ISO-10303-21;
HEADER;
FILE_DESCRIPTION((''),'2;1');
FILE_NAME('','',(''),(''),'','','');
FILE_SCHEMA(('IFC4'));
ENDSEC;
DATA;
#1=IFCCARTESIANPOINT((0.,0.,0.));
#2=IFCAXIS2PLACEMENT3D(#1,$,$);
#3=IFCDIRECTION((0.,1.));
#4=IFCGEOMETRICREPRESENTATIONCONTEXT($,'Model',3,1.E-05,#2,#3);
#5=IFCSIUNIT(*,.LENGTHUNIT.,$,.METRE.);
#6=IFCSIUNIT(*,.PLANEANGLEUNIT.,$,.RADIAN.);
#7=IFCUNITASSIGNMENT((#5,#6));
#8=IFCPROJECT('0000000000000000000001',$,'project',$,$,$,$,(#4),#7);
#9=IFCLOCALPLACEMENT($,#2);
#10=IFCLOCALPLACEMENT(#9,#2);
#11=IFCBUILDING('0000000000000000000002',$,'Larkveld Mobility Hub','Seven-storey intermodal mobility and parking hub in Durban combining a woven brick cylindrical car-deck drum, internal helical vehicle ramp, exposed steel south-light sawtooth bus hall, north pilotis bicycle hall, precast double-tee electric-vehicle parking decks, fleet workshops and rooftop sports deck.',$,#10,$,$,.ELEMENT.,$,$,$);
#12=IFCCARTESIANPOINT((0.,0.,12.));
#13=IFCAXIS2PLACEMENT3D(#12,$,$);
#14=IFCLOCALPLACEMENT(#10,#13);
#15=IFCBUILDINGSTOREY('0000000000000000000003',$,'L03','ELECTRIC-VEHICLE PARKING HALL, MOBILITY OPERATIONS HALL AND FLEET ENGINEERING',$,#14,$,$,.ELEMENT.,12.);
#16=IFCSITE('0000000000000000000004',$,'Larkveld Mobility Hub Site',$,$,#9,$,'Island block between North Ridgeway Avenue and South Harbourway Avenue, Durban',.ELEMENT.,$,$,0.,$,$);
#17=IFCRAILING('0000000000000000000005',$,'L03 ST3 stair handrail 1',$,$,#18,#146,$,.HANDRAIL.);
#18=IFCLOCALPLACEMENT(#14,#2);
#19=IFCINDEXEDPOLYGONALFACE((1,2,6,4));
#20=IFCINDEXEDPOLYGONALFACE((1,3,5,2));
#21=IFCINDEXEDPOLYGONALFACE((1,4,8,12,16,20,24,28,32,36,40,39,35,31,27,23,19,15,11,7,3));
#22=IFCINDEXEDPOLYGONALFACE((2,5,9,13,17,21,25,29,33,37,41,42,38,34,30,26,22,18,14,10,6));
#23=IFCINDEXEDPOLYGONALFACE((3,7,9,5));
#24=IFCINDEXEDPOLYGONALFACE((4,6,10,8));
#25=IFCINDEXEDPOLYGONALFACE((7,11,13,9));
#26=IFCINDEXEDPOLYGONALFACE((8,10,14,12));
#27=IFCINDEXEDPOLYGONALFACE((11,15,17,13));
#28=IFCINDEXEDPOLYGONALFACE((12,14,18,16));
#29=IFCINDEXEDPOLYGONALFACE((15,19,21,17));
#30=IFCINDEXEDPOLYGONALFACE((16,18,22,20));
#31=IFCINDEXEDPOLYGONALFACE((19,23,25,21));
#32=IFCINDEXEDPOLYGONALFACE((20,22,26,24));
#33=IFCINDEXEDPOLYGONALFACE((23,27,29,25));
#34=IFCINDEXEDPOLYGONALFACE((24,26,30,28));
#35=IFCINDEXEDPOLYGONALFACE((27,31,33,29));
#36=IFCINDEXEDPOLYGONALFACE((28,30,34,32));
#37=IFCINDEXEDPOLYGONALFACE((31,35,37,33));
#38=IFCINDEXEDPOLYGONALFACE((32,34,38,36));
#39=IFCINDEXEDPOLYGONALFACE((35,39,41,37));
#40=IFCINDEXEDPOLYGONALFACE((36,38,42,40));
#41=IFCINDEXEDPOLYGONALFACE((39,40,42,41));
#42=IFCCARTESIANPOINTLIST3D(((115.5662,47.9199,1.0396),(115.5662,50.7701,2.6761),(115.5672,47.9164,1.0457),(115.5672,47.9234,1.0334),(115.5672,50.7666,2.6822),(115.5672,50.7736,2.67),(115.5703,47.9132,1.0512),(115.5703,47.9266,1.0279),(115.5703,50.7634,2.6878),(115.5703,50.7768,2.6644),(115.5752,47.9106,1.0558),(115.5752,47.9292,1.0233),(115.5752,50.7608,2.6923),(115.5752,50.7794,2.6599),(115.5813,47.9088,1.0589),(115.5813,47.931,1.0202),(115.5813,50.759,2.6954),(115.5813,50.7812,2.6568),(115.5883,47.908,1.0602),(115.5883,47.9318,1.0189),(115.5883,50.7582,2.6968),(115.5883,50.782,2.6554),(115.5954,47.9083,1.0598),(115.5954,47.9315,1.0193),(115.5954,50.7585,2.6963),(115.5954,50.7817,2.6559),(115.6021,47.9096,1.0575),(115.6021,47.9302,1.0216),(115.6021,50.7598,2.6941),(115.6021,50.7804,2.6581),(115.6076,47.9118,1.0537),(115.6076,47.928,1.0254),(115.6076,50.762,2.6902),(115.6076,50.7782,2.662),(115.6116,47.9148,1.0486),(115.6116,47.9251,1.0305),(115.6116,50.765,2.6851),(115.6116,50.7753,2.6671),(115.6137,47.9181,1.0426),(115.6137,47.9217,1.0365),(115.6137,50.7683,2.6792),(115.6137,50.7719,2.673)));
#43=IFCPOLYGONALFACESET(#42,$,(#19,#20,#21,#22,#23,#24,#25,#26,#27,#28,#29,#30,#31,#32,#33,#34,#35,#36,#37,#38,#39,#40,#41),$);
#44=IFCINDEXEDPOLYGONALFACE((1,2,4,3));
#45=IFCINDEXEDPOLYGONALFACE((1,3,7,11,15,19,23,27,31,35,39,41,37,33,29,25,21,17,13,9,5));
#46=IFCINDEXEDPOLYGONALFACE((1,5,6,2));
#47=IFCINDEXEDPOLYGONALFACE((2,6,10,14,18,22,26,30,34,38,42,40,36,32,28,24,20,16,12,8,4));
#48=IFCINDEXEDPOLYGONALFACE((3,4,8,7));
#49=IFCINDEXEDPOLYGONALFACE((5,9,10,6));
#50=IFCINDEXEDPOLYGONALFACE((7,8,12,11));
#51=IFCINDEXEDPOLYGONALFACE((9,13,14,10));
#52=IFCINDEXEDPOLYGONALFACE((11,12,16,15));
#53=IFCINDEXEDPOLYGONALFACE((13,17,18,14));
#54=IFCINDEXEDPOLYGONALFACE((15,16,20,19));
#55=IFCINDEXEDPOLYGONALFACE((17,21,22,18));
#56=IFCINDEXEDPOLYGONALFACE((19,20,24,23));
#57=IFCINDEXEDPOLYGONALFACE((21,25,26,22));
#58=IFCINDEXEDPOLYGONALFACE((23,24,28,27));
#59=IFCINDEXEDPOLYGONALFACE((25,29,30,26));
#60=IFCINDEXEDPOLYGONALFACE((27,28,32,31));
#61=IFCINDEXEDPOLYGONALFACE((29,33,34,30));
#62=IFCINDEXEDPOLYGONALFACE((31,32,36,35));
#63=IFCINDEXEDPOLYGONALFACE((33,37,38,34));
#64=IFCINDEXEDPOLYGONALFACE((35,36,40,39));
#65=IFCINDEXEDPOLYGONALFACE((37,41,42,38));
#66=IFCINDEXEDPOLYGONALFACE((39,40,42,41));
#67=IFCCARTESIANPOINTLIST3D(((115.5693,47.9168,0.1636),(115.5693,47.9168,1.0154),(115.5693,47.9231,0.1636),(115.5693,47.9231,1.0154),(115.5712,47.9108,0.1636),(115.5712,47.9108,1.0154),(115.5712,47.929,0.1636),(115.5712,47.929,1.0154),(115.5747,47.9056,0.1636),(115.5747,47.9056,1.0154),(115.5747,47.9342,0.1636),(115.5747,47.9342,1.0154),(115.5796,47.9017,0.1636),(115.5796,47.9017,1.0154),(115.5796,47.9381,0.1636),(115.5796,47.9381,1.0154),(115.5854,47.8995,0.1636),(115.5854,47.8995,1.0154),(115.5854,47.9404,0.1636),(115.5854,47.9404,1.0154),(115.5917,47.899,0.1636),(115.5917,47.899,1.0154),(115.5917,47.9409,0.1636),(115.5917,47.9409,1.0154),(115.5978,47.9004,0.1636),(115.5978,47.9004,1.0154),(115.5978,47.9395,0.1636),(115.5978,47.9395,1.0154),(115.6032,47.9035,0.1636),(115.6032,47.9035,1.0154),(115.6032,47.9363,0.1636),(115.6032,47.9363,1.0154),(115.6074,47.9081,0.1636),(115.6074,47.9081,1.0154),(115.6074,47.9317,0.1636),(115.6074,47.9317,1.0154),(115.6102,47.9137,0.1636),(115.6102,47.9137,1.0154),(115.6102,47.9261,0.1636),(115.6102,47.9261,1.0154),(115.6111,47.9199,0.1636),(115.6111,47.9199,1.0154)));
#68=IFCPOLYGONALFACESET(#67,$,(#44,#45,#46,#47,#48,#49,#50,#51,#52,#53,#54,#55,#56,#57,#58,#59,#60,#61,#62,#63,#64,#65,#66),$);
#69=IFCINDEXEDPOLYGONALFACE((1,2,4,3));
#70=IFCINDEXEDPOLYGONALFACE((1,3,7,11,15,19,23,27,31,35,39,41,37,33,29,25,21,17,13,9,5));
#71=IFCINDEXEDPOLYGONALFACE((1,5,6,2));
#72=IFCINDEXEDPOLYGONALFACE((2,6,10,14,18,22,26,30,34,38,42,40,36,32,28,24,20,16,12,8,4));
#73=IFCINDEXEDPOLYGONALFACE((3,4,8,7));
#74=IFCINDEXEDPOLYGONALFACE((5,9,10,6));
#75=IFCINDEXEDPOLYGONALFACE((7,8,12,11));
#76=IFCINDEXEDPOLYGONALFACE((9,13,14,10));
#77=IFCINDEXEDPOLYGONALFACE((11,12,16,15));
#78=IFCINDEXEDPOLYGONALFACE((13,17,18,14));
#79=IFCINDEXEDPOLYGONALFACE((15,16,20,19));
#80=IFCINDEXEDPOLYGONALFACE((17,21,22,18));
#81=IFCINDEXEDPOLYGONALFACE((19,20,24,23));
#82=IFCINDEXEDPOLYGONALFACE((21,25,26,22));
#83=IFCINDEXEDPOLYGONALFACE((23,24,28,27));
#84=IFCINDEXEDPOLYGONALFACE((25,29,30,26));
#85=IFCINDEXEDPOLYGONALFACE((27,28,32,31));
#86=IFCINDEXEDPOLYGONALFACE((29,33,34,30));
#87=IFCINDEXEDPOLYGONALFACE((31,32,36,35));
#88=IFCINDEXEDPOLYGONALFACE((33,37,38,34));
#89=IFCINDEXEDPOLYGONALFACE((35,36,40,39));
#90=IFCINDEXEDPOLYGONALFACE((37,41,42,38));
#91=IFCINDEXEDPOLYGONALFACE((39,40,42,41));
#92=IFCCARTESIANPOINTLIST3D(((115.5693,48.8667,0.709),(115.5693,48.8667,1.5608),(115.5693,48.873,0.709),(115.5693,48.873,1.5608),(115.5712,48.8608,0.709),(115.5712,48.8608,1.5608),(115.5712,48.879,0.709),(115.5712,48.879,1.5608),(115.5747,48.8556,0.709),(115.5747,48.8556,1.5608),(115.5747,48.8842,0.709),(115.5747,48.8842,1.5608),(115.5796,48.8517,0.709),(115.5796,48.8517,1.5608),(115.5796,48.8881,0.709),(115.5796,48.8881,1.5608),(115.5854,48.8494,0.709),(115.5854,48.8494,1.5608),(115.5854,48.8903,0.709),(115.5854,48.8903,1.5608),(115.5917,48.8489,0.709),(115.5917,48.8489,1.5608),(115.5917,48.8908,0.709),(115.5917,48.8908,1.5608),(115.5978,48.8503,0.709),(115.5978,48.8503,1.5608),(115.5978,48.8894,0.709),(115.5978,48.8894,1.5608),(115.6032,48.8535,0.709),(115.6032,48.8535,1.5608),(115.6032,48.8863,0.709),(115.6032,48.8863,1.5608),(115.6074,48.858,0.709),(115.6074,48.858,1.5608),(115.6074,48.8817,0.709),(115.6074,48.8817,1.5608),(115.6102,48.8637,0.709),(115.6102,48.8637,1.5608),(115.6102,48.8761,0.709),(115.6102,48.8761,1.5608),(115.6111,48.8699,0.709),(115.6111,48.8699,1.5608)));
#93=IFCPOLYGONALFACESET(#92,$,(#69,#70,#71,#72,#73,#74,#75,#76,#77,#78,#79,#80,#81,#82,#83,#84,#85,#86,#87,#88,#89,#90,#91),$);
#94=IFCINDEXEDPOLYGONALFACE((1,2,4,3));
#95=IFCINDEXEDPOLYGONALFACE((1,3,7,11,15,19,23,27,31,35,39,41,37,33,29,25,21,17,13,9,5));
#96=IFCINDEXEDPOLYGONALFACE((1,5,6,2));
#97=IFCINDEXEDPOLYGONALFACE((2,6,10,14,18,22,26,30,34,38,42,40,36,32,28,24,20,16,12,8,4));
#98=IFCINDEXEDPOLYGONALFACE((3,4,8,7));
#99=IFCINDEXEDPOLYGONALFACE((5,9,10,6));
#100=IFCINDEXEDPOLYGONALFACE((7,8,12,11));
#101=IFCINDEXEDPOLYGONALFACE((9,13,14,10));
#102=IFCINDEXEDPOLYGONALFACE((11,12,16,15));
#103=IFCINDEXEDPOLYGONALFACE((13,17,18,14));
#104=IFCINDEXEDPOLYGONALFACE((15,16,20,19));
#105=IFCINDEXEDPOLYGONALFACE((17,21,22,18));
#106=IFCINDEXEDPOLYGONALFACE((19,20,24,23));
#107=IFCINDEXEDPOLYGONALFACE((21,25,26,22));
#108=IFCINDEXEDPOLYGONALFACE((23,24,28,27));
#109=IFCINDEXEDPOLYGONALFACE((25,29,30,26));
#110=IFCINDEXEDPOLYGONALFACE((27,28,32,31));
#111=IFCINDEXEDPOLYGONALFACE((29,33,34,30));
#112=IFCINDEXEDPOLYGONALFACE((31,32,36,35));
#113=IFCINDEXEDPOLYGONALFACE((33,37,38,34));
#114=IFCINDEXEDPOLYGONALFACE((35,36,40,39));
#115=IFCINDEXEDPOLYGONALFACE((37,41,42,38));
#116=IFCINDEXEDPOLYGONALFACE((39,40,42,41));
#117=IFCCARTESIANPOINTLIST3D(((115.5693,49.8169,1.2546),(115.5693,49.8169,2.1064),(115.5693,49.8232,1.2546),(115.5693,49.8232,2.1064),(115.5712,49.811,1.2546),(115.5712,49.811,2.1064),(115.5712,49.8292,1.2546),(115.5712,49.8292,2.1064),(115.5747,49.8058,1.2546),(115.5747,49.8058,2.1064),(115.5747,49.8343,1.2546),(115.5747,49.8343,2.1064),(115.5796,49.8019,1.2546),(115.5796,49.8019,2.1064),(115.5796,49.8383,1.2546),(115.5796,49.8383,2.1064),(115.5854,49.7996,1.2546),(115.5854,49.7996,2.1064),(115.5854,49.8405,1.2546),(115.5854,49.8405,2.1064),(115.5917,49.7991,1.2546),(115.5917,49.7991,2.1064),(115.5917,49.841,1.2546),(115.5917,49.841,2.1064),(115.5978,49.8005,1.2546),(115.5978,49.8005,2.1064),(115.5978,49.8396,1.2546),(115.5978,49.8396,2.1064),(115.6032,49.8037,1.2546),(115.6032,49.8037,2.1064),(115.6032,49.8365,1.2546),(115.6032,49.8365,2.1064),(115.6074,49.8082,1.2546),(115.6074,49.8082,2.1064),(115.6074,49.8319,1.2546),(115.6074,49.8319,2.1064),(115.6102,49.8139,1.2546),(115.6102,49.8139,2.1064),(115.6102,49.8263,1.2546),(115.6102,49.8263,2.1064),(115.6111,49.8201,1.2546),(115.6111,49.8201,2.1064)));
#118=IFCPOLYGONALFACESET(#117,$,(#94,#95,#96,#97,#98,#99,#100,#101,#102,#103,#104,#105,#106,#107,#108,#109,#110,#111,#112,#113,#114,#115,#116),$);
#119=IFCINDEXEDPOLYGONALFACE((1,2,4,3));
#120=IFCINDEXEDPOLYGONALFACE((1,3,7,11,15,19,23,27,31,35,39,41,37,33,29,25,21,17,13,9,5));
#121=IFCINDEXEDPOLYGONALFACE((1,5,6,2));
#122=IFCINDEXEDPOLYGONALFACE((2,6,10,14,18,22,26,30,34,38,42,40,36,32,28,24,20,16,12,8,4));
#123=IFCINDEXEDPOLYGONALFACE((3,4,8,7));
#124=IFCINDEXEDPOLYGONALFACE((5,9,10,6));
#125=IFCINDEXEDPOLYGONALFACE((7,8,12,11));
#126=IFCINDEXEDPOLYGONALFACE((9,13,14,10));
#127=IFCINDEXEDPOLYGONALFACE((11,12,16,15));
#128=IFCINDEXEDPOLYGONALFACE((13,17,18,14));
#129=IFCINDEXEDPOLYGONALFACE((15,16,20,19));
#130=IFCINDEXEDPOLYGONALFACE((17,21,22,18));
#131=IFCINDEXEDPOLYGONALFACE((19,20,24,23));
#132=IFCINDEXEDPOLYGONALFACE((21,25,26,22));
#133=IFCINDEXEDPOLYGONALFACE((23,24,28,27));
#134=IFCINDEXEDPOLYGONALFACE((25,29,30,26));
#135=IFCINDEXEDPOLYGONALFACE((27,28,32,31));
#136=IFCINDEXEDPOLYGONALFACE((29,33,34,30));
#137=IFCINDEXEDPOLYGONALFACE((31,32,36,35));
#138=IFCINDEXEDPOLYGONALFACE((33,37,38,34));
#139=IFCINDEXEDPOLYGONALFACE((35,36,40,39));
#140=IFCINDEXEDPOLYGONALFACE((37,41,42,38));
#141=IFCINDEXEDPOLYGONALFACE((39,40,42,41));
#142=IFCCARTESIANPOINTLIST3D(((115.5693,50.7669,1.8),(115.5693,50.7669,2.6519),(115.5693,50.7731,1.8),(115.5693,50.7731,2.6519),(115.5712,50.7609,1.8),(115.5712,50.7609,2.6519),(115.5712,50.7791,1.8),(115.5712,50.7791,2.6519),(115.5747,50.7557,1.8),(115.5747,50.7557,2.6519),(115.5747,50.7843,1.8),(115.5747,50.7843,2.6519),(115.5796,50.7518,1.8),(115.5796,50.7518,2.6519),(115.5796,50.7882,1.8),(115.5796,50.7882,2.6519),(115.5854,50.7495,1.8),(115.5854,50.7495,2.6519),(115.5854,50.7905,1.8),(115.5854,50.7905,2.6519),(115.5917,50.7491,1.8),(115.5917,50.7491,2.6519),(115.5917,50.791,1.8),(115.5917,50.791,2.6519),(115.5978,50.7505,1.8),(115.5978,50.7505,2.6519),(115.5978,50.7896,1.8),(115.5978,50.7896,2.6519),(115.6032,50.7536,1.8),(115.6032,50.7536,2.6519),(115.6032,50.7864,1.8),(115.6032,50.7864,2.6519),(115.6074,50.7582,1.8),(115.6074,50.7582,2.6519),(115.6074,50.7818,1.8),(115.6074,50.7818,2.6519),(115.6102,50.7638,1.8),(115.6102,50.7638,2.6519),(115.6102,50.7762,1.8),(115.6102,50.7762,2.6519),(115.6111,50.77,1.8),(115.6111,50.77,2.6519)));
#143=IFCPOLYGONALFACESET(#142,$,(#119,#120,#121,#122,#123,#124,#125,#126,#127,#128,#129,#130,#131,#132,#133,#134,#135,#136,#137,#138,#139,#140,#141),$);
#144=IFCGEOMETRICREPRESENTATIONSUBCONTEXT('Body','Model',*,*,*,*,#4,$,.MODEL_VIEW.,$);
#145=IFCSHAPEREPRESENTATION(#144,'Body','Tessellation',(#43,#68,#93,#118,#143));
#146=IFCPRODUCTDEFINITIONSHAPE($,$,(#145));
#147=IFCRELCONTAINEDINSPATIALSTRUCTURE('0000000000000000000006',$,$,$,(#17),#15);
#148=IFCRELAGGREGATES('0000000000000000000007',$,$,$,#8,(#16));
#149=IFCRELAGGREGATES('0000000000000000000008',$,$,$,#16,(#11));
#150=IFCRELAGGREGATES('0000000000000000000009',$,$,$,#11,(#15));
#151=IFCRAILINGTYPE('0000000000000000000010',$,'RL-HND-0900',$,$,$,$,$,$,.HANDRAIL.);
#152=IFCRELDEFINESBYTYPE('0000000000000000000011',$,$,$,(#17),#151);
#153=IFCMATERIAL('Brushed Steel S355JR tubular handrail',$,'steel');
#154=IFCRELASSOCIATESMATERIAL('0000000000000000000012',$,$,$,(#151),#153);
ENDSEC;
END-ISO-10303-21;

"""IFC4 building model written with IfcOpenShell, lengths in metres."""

from ifc_helpers import new_model, si_unit, direction, frame, origin, origin_2d, place, context, subcontext, project, spatial, circle, extrude, material, type_object, element, save


model = new_model("IFC4")

# Units and contexts
model_context = context("Model", 3, precision=1e-05, world=origin(), true_north=direction((0.0, 1.0)))
body_context = subcontext(model_context, "Body", "Model", "MODEL_VIEW")
ifc_project = project(units=[si_unit("LENGTHUNIT", "METRE"), si_unit("PLANEANGLEUNIT", "RADIAN")], contexts=[model_context])

# Site, building, storey
site_placement = place(None, origin())
site = spatial("IfcSite", under=ifc_project, at=site_placement, Name="Larkveld Mobility Hub Site", LongName="Island block between North Ridgeway Avenue and South Harbourway Avenue, Durban", CompositionType="ELEMENT", RefElevation=0.0)
building_placement = place(site_placement, origin())
building = spatial("IfcBuilding", under=site, at=building_placement, Name="Larkveld Mobility Hub", Description="Seven-storey intermodal mobility and parking hub in Durban combining a woven brick cylindrical car-deck drum, internal helical vehicle ramp, exposed steel south-light sawtooth bus hall, north pilotis bicycle hall, precast double-tee electric-vehicle parking decks, fleet workshops and rooftop sports deck.", CompositionType="ELEMENT")
storey_placement = place(building_placement, frame((0.0, 0.0, 12.0)))
storey = spatial("IfcBuildingStorey", under=building, at=storey_placement, Name="L03", Description="ELECTRIC-VEHICLE PARKING HALL, MOBILITY OPERATIONS HALL AND FLEET ENGINEERING", CompositionType="ELEMENT", Elevation=12.0)

# Railing
ifc_material_1 = material(Name="Brushed Steel S355JR tubular handrail", Category="steel")
railing_type_1 = type_object("IfcRailingType", Name="RL-HND-0900", PredefinedType="HANDRAIL", material=ifc_material_1)
railing_1_placement = place(storey_placement, frame((115.5901, 47.9199, 0.1636)))
element("IfcRailing", 1, at=railing_1_placement, inside=storey, type_object=railing_type_1, Name="L03 ST3 stair handrail 1", PredefinedType="HANDRAIL", context=body_context, shape_type="SweptSolid", body=[
    extrude(circle(Radius=0.0239, at=origin_2d()), frame((0.0, 0.0, 0.876), z_axis=(0.0, 0.867213, 0.497938), x_axis=(-1.0, 0.0, 0.0)), (0.0, 0.0, 1.0), 3.2866),
    extrude(circle(Radius=0.021, at=origin_2d()), origin(), (0.0, 0.0, 1.0), 0.8518),
    extrude(circle(Radius=0.021, at=origin_2d()), frame((0.0, 0.95, 0.5454)), (0.0, 0.0, 1.0), 0.8518),
    extrude(circle(Radius=0.021, at=origin_2d()), frame((0.0, 1.9001, 1.0911)), (0.0, 0.0, 1.0), 0.8518),
    extrude(circle(Radius=0.021, at=origin_2d()), frame((0.0, 2.8501, 1.6365)), (0.0, 0.0, 1.0), 0.8518),
])

save(model, "model.ifc")
